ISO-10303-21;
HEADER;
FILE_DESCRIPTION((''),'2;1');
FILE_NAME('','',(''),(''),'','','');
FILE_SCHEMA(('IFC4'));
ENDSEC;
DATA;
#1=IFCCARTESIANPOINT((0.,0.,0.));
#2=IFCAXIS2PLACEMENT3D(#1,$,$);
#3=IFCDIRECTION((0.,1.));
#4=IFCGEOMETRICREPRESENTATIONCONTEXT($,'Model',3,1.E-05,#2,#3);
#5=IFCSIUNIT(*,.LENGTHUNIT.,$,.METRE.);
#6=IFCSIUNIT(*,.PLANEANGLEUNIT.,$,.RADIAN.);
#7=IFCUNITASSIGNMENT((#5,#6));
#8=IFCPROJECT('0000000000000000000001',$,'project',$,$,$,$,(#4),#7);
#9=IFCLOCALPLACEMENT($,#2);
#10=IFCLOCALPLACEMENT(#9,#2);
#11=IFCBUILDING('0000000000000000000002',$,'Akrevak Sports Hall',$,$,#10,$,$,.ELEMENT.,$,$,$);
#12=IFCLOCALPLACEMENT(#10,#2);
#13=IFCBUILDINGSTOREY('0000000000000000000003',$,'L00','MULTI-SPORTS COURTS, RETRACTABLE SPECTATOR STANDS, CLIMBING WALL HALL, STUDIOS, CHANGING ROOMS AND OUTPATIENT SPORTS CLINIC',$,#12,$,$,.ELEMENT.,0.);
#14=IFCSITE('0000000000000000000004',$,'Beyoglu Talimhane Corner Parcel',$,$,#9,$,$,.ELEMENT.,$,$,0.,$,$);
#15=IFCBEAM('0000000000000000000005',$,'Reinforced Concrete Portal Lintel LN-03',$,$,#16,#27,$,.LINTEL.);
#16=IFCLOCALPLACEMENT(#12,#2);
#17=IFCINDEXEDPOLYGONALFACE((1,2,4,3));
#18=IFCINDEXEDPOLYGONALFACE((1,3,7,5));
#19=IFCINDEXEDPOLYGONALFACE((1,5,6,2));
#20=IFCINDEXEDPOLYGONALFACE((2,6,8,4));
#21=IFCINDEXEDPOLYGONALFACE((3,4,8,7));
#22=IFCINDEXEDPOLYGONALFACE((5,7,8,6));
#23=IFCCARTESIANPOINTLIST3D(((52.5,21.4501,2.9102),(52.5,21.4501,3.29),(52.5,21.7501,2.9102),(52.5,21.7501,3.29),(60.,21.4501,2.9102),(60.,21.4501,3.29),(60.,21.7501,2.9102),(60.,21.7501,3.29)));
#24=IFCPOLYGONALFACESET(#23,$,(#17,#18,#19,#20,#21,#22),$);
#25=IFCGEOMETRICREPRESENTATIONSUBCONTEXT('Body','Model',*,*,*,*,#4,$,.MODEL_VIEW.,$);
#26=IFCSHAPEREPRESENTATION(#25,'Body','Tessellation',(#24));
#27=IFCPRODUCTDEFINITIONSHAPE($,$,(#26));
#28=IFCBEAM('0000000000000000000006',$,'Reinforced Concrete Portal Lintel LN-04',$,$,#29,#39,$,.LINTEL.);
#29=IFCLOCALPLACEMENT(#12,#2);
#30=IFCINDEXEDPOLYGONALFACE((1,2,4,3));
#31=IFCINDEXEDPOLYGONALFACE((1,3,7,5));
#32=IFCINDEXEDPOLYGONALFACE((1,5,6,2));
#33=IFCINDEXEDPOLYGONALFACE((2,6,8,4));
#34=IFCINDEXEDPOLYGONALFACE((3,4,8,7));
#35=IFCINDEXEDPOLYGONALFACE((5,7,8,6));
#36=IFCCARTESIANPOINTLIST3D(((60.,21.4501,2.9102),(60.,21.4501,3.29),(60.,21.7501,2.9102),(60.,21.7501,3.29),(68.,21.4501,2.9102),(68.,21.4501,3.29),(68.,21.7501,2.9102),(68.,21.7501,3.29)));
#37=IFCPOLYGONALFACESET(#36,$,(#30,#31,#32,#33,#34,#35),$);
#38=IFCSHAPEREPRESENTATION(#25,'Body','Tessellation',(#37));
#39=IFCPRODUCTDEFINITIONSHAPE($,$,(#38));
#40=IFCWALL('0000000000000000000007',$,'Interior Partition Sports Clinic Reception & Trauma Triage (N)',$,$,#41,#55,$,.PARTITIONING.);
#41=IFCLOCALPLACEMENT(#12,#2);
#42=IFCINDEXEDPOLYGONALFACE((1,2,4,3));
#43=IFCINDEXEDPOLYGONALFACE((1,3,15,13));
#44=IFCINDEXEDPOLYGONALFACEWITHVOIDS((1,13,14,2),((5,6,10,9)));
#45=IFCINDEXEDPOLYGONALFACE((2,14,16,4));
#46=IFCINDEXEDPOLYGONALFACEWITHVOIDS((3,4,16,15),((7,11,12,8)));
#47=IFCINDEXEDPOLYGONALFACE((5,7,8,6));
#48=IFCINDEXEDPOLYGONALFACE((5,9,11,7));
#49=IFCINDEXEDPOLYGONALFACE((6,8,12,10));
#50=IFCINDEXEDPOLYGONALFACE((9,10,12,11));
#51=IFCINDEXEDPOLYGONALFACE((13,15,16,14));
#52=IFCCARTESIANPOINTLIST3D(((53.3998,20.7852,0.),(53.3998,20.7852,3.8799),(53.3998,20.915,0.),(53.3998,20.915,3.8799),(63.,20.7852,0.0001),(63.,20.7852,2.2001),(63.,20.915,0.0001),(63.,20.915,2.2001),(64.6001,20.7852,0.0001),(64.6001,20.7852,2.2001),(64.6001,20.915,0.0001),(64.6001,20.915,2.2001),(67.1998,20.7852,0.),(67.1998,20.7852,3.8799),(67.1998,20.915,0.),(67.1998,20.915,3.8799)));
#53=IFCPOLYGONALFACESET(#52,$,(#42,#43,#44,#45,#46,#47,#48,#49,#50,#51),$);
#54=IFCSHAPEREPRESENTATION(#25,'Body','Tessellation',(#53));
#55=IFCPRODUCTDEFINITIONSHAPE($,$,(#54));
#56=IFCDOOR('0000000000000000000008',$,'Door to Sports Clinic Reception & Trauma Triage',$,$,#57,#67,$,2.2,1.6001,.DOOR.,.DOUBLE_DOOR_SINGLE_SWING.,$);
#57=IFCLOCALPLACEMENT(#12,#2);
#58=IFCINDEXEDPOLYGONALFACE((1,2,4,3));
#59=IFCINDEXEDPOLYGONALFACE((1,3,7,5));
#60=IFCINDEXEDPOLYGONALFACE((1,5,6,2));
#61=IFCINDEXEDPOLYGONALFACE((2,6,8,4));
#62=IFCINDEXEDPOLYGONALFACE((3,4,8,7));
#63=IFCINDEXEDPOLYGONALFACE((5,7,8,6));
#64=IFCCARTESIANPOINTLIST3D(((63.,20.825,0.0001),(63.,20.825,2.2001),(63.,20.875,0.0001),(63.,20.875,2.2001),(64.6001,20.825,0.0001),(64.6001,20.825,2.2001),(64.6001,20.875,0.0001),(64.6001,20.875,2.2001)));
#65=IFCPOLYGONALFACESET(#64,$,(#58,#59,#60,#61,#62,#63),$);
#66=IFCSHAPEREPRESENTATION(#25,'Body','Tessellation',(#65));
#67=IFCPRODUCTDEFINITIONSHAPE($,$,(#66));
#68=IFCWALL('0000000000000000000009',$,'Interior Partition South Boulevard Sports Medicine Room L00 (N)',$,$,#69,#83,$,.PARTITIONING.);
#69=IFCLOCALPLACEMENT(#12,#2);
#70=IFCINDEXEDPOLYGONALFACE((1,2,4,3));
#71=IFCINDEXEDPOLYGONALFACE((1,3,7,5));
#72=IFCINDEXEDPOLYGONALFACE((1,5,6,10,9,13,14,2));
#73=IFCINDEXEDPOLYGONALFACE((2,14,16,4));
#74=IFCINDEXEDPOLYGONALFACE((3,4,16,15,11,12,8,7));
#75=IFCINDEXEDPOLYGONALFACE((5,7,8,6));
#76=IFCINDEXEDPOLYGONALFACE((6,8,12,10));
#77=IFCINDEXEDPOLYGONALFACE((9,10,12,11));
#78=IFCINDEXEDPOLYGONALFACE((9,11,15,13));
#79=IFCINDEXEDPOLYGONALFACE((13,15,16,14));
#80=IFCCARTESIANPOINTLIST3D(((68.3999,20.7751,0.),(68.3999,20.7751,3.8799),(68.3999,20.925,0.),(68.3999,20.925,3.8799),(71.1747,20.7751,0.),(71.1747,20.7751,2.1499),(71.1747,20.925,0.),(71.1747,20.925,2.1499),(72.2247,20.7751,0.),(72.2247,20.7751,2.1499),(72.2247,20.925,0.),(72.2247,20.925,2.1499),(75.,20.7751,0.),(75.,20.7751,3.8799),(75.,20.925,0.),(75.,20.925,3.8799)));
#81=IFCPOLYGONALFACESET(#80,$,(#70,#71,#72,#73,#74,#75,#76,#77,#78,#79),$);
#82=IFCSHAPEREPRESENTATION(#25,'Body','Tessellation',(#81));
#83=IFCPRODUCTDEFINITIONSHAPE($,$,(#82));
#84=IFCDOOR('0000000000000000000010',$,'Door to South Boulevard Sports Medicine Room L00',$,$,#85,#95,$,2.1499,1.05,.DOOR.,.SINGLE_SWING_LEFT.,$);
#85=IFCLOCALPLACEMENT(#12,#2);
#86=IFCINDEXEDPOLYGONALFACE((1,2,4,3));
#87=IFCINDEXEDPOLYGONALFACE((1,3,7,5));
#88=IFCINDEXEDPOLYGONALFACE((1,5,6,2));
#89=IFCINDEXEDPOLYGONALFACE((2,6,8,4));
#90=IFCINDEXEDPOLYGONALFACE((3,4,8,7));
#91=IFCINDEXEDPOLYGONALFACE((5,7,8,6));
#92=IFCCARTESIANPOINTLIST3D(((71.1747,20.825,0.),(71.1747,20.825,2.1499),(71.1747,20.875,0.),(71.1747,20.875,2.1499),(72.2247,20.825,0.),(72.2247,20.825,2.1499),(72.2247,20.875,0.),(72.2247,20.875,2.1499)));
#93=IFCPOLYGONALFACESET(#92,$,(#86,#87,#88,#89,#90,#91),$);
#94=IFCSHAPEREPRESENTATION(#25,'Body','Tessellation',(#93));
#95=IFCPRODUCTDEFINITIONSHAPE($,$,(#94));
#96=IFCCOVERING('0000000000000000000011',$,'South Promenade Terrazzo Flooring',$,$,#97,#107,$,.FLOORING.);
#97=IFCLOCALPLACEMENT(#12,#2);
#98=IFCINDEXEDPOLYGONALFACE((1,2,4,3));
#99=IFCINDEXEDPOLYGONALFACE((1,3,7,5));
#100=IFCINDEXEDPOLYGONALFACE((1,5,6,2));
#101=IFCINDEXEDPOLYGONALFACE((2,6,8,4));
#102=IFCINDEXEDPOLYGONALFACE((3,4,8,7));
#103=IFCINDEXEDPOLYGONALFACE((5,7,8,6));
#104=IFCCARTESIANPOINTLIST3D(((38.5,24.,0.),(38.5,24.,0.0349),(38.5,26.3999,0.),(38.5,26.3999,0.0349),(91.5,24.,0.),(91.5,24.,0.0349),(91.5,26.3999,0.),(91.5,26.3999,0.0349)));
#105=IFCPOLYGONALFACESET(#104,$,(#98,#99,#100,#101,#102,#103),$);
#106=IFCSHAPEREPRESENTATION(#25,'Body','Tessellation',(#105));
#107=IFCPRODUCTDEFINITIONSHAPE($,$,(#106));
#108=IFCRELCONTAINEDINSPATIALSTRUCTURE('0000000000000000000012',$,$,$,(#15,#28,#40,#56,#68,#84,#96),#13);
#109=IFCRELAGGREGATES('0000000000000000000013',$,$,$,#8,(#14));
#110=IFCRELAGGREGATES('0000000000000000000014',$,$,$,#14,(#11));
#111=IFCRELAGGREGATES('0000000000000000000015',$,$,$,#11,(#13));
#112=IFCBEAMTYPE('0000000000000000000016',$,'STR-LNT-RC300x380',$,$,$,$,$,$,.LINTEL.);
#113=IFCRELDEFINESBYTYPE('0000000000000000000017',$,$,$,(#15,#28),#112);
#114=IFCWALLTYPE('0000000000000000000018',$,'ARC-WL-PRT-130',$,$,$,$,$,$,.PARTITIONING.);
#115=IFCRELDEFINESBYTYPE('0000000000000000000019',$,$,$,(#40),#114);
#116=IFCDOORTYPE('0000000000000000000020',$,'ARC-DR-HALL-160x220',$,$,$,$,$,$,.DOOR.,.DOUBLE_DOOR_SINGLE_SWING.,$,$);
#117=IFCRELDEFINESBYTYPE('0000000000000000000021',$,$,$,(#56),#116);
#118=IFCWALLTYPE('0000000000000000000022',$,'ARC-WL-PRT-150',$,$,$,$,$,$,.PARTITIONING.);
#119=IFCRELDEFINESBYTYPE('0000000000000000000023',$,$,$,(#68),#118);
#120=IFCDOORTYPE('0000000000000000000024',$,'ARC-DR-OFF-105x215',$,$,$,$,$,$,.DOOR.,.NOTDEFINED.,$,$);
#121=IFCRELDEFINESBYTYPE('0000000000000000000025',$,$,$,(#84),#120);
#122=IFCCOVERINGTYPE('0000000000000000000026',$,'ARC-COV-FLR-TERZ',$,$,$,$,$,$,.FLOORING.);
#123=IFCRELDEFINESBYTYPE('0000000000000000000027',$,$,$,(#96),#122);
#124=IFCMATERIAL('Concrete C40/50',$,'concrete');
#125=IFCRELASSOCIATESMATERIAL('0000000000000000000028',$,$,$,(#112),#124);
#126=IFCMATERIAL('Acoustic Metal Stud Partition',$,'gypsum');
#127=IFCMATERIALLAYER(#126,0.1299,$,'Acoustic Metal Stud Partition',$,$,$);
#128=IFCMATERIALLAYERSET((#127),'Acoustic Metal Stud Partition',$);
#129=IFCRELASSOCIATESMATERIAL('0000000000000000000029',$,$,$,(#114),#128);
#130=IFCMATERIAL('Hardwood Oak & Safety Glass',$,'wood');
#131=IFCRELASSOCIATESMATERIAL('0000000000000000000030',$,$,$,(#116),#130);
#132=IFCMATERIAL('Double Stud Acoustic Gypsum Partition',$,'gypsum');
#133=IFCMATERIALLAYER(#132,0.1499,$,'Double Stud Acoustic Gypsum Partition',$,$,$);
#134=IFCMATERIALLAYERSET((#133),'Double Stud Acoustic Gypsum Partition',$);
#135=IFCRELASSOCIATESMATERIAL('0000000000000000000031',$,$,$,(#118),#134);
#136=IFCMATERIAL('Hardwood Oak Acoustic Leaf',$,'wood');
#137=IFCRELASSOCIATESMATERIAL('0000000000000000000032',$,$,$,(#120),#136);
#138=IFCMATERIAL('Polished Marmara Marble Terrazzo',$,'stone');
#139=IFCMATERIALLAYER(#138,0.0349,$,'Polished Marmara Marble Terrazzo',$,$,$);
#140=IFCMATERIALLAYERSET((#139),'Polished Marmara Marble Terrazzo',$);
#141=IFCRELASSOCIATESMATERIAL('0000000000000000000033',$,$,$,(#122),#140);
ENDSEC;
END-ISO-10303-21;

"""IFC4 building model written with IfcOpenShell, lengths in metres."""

from ifc_helpers import new_model, si_unit, direction, frame, frame_2d, origin, origin_2d, place, context, subcontext, project, spatial, rectangle, extrude, material, layer, layer_set, material_profile, profile_set, type_object, element, fill, save


model = new_model("IFC4")

# Units and contexts
model_context = context("Model", 3, precision=1e-05, world=origin(), true_north=direction((0.0, 1.0)))
body_context = subcontext(model_context, "Body", "Model", "MODEL_VIEW")
ifc_project = project(units=[si_unit("LENGTHUNIT", "METRE"), si_unit("PLANEANGLEUNIT", "RADIAN")], contexts=[model_context])

# Site, building, storey
site_placement = place(None, origin())
site = spatial("IfcSite", under=ifc_project, at=site_placement, Name="Beyoglu Talimhane Corner Parcel", CompositionType="ELEMENT", RefElevation=0.0)
building_placement = place(site_placement, origin())
building = spatial("IfcBuilding", under=site, at=building_placement, Name="Akrevak Sports Hall", CompositionType="ELEMENT")
storey_placement = place(building_placement, origin())
storey = spatial("IfcBuildingStorey", under=building, at=storey_placement, Name="L00", Description="MULTI-SPORTS COURTS, RETRACTABLE SPECTATOR STANDS, CLIMBING WALL HALL, STUDIOS, CHANGING ROOMS AND OUTPATIENT SPORTS CLINIC", CompositionType="ELEMENT", Elevation=0.0)

# Beams
ifc_material_1 = material(Name="Concrete C40/50", Category="concrete")
ifc_material_profile_1 = material_profile(ifc_material_1, rectangle(XDim=0.3, YDim=0.3799, at=origin_2d()), Name="LNT 300x380", Category="concrete")
ifc_profile_set_1 = profile_set([ifc_material_profile_1], Name="Concrete C40/50")
beam_type_1 = type_object("IfcBeamType", Name="STR-LNT-RC300x380", PredefinedType="LINTEL", material=ifc_profile_set_1)
beam_1_placement = place(storey_placement, frame((52.5, 21.6001, 3.1001), z_axis=(1.0, 0.0, 0.0), x_axis=(0.0, 1.0, 0.0)))
element("IfcBeam", 1, at=beam_1_placement, inside=storey, type_object=beam_type_1, Name="Reinforced Concrete Portal Lintel LN-03", PredefinedType="LINTEL", context=body_context, shape_type="SweptSolid", body=[
    extrude(rectangle(XDim=0.3, YDim=0.3799, at=origin_2d()), origin(), (0.0, 0.0, 1.0), 7.5),
])
beam_2_placement = place(storey_placement, frame((60.0, 21.6001, 3.1001), z_axis=(1.0, 0.0, 0.0), x_axis=(0.0, 1.0, 0.0)))
element("IfcBeam", 2, at=beam_2_placement, inside=storey, type_object=beam_type_1, Name="Reinforced Concrete Portal Lintel LN-04", PredefinedType="LINTEL", context=body_context, shape_type="SweptSolid", body=[
    extrude(rectangle(XDim=0.3, YDim=0.3799, at=origin_2d()), origin(), (0.0, 0.0, 1.0), 8.0),
])

# Walls, openings, doors
ifc_material_2 = material(Name="Acoustic Metal Stud Partition", Category="gypsum")
ifc_layer_1 = layer(ifc_material_2, 0.1299, Name="Acoustic Metal Stud Partition")
ifc_layer_set_1 = layer_set([ifc_layer_1], Name="Acoustic Metal Stud Partition")
wall_type_1 = type_object("IfcWallType", Name="ARC-WL-PRT-130", PredefinedType="PARTITIONING", material=ifc_layer_set_1)
wall_1_placement = place(storey_placement, frame((53.3999, 20.8501, 0.0), z_axis=(0.0, 0.0, 1.0), x_axis=(1.0, 0.0, 0.0)))
wall_1 = element("IfcWall", 3, at=wall_1_placement, inside=storey, type_object=wall_type_1, Name="Interior Partition Sports Clinic Reception & Trauma Triage (N)", PredefinedType="PARTITIONING", context=body_context, shape_type="SweptSolid", body=[
    extrude(rectangle(XDim=13.8, YDim=0.1299, at=frame_2d((6.8999, 0.0))), origin(), (0.0, 0.0, 1.0), 3.8799),
])
opening_1_placement = place(wall_1_placement, frame((9.6001, 0.0, 0.0)))
opening_1 = element("IfcOpeningElement", 4, at=opening_1_placement, cuts=wall_1, PredefinedType="OPENING", context=body_context, shape_type="SweptSolid", body=[
    extrude(rectangle(XDim=1.6001, YDim=2.2, at=frame_2d((0.8, 1.1001))), frame((0.0, 0.0769, 0.0), z_axis=(0.0, -1.0, 0.0), x_axis=(1.0, 0.0, 0.0)), (0.0, 0.0, 1.0), 0.1538),
])
ifc_material_3 = material(Name="Hardwood Oak & Safety Glass", Category="wood")
door_type_1 = type_object("IfcDoorType", Name="ARC-DR-HALL-160x220", OperationType="DOUBLE_DOOR_SINGLE_SWING", PredefinedType="DOOR", material=ifc_material_3)
door_1_placement = place(opening_1_placement, origin())
door_1 = element("IfcDoor", 5, at=door_1_placement, inside=storey, type_object=door_type_1, Name="Door to Sports Clinic Reception & Trauma Triage", OperationType="DOUBLE_DOOR_SINGLE_SWING", OverallHeight=2.2, OverallWidth=1.6001, PredefinedType="DOOR", context=body_context, shape_type="SweptSolid", body=[
    extrude(rectangle(XDim=1.6001, YDim=2.2, at=frame_2d((0.8, 1.1001))), frame((0.0, 0.0249, 0.0), z_axis=(0.0, -1.0, 0.0), x_axis=(1.0, 0.0, 0.0)), (0.0, 0.0, 1.0), 0.05),
])
fill(opening_1, door_1)
ifc_material_4 = material(Name="Double Stud Acoustic Gypsum Partition", Category="gypsum")
ifc_layer_2 = layer(ifc_material_4, 0.1499, Name="Double Stud Acoustic Gypsum Partition")
ifc_layer_set_2 = layer_set([ifc_layer_2], Name="Double Stud Acoustic Gypsum Partition")
wall_type_2 = type_object("IfcWallType", Name="ARC-WL-PRT-150", PredefinedType="PARTITIONING", material=ifc_layer_set_2)
wall_2_placement = place(storey_placement, frame((68.3999, 20.8501, 0.0), z_axis=(0.0, 0.0, 1.0), x_axis=(1.0, 0.0, 0.0)))
wall_2 = element("IfcWall", 6, at=wall_2_placement, inside=storey, type_object=wall_type_2, Name="Interior Partition South Boulevard Sports Medicine Room L00 (N)", PredefinedType="PARTITIONING", context=body_context, shape_type="SweptSolid", body=[
    extrude(rectangle(XDim=6.6001, YDim=0.1499, at=frame_2d((3.3, 0.0))), origin(), (0.0, 0.0, 1.0), 3.8799),
])
opening_2_placement = place(wall_2_placement, frame((2.7749, 0.0, 0.0)))
opening_2 = element("IfcOpeningElement", 7, at=opening_2_placement, cuts=wall_2, PredefinedType="OPENING", context=body_context, shape_type="SweptSolid", body=[
    extrude(rectangle(XDim=1.05, YDim=2.1499, at=frame_2d((0.5249, 1.075))), frame((0.0, 0.0869, 0.0), z_axis=(0.0, -1.0, 0.0), x_axis=(1.0, 0.0, 0.0)), (0.0, 0.0, 1.0), 0.1738),
])
ifc_material_5 = material(Name="Hardwood Oak Acoustic Leaf", Category="wood")
door_type_2 = type_object("IfcDoorType", Name="ARC-DR-OFF-105x215", OperationType="NOTDEFINED", PredefinedType="DOOR", material=ifc_material_5)
door_2_placement = place(opening_2_placement, origin())
door_2 = element("IfcDoor", 8, at=door_2_placement, inside=storey, type_object=door_type_2, Name="Door to South Boulevard Sports Medicine Room L00", OperationType="SINGLE_SWING_LEFT", OverallHeight=2.1499, OverallWidth=1.05, PredefinedType="DOOR", context=body_context, shape_type="SweptSolid", body=[
    extrude(rectangle(XDim=1.05, YDim=2.1499, at=frame_2d((0.5249, 1.075))), frame((0.0, 0.0249, 0.0), z_axis=(0.0, -1.0, 0.0), x_axis=(1.0, 0.0, 0.0)), (0.0, 0.0, 1.0), 0.05),
])
fill(opening_2, door_2)

# Covering
ifc_material_6 = material(Name="Polished Marmara Marble Terrazzo", Category="stone")
ifc_layer_3 = layer(ifc_material_6, 0.0349, Name="Polished Marmara Marble Terrazzo")
ifc_layer_set_3 = layer_set([ifc_layer_3], Name="Polished Marmara Marble Terrazzo")
covering_type = type_object("IfcCoveringType", Name="ARC-COV-FLR-TERZ", PredefinedType="FLOORING", material=ifc_layer_set_3)
covering_placement = place(storey_placement, frame((65.0, 25.2, 0.0), z_axis=(0.0, 0.0, 1.0), x_axis=(1.0, 0.0, 0.0)))
element("IfcCovering", 9, at=covering_placement, inside=storey, type_object=covering_type, Name="South Promenade Terrazzo Flooring", PredefinedType="FLOORING", context=body_context, shape_type="SweptSolid", body=[
    extrude(rectangle(XDim=53.0, YDim=2.3999, at=origin_2d()), origin(), (0.0, 0.0, 1.0), 0.0349),
])

save(model, "model.ifc")
